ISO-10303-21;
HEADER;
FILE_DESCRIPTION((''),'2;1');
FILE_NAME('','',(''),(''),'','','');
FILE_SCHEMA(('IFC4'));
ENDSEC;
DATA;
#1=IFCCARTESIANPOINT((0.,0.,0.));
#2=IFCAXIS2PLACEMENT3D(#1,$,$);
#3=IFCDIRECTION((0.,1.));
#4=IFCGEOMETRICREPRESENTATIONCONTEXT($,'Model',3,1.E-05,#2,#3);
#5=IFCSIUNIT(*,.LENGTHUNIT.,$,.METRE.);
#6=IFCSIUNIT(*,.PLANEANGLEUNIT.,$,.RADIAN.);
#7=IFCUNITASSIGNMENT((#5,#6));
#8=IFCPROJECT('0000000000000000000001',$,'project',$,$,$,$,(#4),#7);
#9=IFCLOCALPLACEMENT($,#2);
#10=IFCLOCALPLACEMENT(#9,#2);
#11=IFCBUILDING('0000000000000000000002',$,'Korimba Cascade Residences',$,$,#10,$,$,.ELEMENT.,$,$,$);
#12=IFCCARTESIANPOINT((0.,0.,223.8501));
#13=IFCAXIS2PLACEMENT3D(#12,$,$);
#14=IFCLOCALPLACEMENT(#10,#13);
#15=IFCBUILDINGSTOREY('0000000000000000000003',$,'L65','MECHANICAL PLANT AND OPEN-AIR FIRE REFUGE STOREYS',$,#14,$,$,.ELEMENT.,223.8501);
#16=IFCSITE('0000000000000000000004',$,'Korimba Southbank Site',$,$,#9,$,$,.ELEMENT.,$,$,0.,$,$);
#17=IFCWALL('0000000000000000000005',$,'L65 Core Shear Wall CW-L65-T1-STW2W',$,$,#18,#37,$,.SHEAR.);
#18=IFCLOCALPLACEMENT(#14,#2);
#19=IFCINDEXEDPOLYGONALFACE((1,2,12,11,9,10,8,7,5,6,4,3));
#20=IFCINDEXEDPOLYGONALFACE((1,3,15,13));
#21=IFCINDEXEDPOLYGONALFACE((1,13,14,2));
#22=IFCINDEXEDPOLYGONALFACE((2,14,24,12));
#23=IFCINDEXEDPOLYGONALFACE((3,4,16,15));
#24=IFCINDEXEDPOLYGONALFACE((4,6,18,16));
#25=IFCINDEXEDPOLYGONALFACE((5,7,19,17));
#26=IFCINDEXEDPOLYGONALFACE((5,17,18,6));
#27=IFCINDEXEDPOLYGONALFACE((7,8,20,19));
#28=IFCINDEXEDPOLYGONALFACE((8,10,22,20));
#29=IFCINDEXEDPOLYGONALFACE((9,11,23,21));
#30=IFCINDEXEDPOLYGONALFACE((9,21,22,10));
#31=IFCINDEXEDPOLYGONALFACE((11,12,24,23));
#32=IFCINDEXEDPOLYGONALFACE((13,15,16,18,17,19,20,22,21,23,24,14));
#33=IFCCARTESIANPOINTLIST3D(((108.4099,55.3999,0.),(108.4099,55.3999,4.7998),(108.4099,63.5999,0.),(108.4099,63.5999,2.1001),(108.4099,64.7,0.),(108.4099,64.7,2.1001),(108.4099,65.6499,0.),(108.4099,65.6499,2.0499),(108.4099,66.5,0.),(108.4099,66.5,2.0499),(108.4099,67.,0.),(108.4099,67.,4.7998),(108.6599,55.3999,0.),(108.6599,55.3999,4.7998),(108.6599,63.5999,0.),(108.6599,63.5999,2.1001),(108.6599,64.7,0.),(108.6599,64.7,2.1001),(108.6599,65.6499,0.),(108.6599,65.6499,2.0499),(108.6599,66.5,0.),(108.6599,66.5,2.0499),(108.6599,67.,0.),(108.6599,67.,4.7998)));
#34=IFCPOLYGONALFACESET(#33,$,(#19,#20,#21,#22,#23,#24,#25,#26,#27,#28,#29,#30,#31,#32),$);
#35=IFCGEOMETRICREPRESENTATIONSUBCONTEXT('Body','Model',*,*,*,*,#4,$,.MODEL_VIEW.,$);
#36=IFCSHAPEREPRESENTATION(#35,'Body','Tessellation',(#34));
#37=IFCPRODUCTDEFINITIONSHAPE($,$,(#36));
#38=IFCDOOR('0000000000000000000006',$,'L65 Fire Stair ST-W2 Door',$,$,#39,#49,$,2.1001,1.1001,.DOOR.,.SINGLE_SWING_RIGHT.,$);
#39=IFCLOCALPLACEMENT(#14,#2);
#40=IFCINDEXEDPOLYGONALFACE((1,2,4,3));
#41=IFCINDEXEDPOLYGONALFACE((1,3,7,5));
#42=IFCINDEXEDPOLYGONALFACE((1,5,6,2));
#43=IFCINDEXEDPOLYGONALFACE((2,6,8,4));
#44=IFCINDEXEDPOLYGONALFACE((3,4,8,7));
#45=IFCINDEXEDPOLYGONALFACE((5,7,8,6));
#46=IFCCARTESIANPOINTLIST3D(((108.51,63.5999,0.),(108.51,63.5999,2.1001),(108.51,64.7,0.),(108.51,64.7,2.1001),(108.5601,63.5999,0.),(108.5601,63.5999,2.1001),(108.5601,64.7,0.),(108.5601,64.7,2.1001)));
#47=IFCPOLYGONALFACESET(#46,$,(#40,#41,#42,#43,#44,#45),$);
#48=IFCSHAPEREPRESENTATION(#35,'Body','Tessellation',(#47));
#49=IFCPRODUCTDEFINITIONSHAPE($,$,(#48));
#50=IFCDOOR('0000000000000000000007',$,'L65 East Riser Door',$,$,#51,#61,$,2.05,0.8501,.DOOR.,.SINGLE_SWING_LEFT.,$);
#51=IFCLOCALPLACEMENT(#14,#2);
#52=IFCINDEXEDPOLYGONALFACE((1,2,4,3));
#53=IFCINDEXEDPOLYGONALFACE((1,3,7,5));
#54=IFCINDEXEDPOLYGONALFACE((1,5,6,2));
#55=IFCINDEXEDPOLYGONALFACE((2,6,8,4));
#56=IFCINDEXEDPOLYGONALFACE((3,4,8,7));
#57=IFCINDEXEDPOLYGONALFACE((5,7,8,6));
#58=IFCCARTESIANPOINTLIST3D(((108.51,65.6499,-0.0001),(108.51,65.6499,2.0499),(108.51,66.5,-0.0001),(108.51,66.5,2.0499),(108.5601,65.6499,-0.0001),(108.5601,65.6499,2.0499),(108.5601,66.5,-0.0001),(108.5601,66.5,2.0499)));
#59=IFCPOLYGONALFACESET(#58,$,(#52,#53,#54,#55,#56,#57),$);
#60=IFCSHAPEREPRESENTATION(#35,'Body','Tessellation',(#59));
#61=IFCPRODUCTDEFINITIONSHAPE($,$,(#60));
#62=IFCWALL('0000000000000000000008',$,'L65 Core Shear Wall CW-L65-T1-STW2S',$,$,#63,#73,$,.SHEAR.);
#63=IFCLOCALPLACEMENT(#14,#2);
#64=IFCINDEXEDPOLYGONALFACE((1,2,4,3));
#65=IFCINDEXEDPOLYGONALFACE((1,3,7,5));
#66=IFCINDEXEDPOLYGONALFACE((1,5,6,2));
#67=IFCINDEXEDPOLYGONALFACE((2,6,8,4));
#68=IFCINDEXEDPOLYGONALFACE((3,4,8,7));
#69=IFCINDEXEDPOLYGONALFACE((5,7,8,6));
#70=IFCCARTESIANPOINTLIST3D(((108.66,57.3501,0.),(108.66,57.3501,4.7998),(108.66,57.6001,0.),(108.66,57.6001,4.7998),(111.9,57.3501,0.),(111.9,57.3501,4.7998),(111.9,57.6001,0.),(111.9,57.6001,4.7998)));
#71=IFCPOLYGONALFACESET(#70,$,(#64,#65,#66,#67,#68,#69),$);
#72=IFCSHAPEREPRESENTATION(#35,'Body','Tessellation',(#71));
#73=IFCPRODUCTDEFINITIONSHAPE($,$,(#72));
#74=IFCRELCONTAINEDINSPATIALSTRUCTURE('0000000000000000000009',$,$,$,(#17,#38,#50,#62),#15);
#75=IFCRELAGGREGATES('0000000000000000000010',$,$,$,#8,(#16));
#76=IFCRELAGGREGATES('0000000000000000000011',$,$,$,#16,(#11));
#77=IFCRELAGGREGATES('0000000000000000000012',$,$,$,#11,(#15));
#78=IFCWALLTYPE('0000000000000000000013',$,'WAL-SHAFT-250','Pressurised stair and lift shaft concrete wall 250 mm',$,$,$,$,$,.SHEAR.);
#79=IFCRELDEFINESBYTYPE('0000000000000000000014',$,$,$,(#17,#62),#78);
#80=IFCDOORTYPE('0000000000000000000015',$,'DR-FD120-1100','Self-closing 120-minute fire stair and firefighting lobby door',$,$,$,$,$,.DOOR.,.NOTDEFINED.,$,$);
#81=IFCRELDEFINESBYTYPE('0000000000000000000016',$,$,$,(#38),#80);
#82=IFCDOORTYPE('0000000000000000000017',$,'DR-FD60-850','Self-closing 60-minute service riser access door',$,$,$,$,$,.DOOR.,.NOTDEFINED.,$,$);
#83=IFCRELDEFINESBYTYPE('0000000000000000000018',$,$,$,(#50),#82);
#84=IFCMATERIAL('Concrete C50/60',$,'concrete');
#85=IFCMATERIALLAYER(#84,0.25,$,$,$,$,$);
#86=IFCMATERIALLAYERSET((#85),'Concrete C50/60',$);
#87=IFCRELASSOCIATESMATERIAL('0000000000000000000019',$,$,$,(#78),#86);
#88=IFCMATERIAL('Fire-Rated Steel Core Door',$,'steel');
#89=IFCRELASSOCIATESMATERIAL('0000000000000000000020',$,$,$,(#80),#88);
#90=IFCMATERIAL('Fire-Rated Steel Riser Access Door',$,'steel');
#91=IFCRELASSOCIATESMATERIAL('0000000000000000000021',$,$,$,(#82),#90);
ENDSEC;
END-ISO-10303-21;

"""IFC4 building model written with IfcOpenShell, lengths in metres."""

from ifc_helpers import new_model, si_unit, direction, frame, frame_2d, origin, place, context, subcontext, project, spatial, rectangle, extrude, material, layer, layer_set, type_object, element, fill, save


model = new_model("IFC4")

# Units and contexts
model_context = context("Model", 3, precision=1e-05, world=origin(), true_north=direction((0.0, 1.0)))
body_context = subcontext(model_context, "Body", "Model", "MODEL_VIEW")
ifc_project = project(units=[si_unit("LENGTHUNIT", "METRE"), si_unit("PLANEANGLEUNIT", "RADIAN")], contexts=[model_context])

# Site, building, storey
site_placement = place(None, origin())
site = spatial("IfcSite", under=ifc_project, at=site_placement, Name="Korimba Southbank Site", CompositionType="ELEMENT", RefElevation=0.0)
building_placement = place(site_placement, origin())
building = spatial("IfcBuilding", under=site, at=building_placement, Name="Korimba Cascade Residences", CompositionType="ELEMENT")
storey_placement = place(building_placement, frame((0.0, 0.0, 223.8501)))
storey = spatial("IfcBuildingStorey", under=building, at=storey_placement, Name="L65", Description="MECHANICAL PLANT AND OPEN-AIR FIRE REFUGE STOREYS", CompositionType="ELEMENT", Elevation=223.8501)

# Shared definitions
ifc_material_1 = material(Name="Concrete C50/60", Category="concrete")
ifc_layer_1 = layer(ifc_material_1, 0.25)
ifc_layer_set_1 = layer_set([ifc_layer_1], Name="Concrete C50/60")
wall_type_1 = type_object("IfcWallType", Name="WAL-SHAFT-250", Description="Pressurised stair and lift shaft concrete wall 250 mm", PredefinedType="SHEAR", material=ifc_layer_set_1)

# Shared definitions
ifc_material_2 = material(Name="Fire-Rated Steel Core Door", Category="steel")
door_type_1 = type_object("IfcDoorType", Name="DR-FD120-1100", Description="Self-closing 120-minute fire stair and firefighting lobby door", OperationType="NOTDEFINED", PredefinedType="DOOR", material=ifc_material_2)

# Wall, openings, doors
wall_1_placement = place(storey_placement, frame((108.5349, 55.3999, 0.0), z_axis=(0.0, 0.0, 1.0), x_axis=(0.0, 1.0, 0.0)))
wall_1 = element("IfcWall", 1, at=wall_1_placement, inside=storey, type_object=wall_type_1, Name="L65 Core Shear Wall CW-L65-T1-STW2W", PredefinedType="SHEAR", context=body_context, shape_type="SweptSolid", body=[
    extrude(rectangle(XDim=11.6001, YDim=0.25, at=frame_2d((5.8, 0.0))), origin(), (0.0, 0.0, 1.0), 4.7998),
])
opening_1_placement = place(wall_1_placement, frame((8.2, 0.0, 0.0)))
opening_1 = element("IfcOpeningElement", 2, at=opening_1_placement, cuts=wall_1, PredefinedType="OPENING", context=body_context, shape_type="SweptSolid", body=[
    extrude(rectangle(XDim=1.1001, YDim=2.1001, at=frame_2d((0.55, 1.05))), frame((0.0, 0.135, 0.0), z_axis=(0.0, -1.0, 0.0), x_axis=(1.0, 0.0, 0.0)), (0.0, 0.0, 1.0), 0.27),
])
opening_2_placement = place(wall_1_placement, frame((10.25, 0.0, 0.0)))
opening_2 = element("IfcOpeningElement", 3, at=opening_2_placement, cuts=wall_1, PredefinedType="OPENING", context=body_context, shape_type="SweptSolid", body=[
    extrude(rectangle(XDim=0.8501, YDim=2.05, at=frame_2d((0.425, 1.0249))), frame((0.0, 0.135, 0.0), z_axis=(0.0, -1.0, 0.0), x_axis=(1.0, 0.0, 0.0)), (0.0, 0.0, 1.0), 0.27),
])
door_1_placement = place(opening_1_placement, origin())
door_1 = element("IfcDoor", 4, at=door_1_placement, inside=storey, type_object=door_type_1, Name="L65 Fire Stair ST-W2 Door", OperationType="SINGLE_SWING_RIGHT", OverallHeight=2.1001, OverallWidth=1.1001, PredefinedType="DOOR", context=body_context, shape_type="SweptSolid", body=[
    extrude(rectangle(XDim=1.1001, YDim=2.1001, at=frame_2d((0.55, 1.05))), frame((0.0, 0.0249, 0.0), z_axis=(0.0, -1.0, 0.0), x_axis=(1.0, 0.0, 0.0)), (0.0, 0.0, 1.0), 0.05),
])
fill(opening_1, door_1)
ifc_material_3 = material(Name="Fire-Rated Steel Riser Access Door", Category="steel")
door_type_2 = type_object("IfcDoorType", Name="DR-FD60-850", Description="Self-closing 60-minute service riser access door", OperationType="NOTDEFINED", PredefinedType="DOOR", material=ifc_material_3)
door_2_placement = place(opening_2_placement, origin())
door_2 = element("IfcDoor", 5, at=door_2_placement, inside=storey, type_object=door_type_2, Name="L65 East Riser Door", OperationType="SINGLE_SWING_LEFT", OverallHeight=2.05, OverallWidth=0.8501, PredefinedType="DOOR", context=body_context, shape_type="SweptSolid", body=[
    extrude(rectangle(XDim=0.8501, YDim=2.05, at=frame_2d((0.425, 1.0249))), frame((0.0, 0.0249, 0.0), z_axis=(0.0, -1.0, 0.0), x_axis=(1.0, 0.0, 0.0)), (0.0, 0.0, 1.0), 0.05),
])
fill(opening_2, door_2)

# Wall
wall_2_placement = place(storey_placement, frame((108.6599, 57.4751, 0.0), z_axis=(0.0, 0.0, 1.0), x_axis=(1.0, 0.0, 0.0)))
element("IfcWall", 6, at=wall_2_placement, inside=storey, type_object=wall_type_1, Name="L65 Core Shear Wall CW-L65-T1-STW2S", PredefinedType="SHEAR", context=body_context, shape_type="SweptSolid", body=[
    extrude(rectangle(XDim=3.24, YDim=0.25, at=frame_2d((1.6201, 0.0))), origin(), (0.0, 0.0, 1.0), 4.7998),
])

save(model, "model.ifc")
